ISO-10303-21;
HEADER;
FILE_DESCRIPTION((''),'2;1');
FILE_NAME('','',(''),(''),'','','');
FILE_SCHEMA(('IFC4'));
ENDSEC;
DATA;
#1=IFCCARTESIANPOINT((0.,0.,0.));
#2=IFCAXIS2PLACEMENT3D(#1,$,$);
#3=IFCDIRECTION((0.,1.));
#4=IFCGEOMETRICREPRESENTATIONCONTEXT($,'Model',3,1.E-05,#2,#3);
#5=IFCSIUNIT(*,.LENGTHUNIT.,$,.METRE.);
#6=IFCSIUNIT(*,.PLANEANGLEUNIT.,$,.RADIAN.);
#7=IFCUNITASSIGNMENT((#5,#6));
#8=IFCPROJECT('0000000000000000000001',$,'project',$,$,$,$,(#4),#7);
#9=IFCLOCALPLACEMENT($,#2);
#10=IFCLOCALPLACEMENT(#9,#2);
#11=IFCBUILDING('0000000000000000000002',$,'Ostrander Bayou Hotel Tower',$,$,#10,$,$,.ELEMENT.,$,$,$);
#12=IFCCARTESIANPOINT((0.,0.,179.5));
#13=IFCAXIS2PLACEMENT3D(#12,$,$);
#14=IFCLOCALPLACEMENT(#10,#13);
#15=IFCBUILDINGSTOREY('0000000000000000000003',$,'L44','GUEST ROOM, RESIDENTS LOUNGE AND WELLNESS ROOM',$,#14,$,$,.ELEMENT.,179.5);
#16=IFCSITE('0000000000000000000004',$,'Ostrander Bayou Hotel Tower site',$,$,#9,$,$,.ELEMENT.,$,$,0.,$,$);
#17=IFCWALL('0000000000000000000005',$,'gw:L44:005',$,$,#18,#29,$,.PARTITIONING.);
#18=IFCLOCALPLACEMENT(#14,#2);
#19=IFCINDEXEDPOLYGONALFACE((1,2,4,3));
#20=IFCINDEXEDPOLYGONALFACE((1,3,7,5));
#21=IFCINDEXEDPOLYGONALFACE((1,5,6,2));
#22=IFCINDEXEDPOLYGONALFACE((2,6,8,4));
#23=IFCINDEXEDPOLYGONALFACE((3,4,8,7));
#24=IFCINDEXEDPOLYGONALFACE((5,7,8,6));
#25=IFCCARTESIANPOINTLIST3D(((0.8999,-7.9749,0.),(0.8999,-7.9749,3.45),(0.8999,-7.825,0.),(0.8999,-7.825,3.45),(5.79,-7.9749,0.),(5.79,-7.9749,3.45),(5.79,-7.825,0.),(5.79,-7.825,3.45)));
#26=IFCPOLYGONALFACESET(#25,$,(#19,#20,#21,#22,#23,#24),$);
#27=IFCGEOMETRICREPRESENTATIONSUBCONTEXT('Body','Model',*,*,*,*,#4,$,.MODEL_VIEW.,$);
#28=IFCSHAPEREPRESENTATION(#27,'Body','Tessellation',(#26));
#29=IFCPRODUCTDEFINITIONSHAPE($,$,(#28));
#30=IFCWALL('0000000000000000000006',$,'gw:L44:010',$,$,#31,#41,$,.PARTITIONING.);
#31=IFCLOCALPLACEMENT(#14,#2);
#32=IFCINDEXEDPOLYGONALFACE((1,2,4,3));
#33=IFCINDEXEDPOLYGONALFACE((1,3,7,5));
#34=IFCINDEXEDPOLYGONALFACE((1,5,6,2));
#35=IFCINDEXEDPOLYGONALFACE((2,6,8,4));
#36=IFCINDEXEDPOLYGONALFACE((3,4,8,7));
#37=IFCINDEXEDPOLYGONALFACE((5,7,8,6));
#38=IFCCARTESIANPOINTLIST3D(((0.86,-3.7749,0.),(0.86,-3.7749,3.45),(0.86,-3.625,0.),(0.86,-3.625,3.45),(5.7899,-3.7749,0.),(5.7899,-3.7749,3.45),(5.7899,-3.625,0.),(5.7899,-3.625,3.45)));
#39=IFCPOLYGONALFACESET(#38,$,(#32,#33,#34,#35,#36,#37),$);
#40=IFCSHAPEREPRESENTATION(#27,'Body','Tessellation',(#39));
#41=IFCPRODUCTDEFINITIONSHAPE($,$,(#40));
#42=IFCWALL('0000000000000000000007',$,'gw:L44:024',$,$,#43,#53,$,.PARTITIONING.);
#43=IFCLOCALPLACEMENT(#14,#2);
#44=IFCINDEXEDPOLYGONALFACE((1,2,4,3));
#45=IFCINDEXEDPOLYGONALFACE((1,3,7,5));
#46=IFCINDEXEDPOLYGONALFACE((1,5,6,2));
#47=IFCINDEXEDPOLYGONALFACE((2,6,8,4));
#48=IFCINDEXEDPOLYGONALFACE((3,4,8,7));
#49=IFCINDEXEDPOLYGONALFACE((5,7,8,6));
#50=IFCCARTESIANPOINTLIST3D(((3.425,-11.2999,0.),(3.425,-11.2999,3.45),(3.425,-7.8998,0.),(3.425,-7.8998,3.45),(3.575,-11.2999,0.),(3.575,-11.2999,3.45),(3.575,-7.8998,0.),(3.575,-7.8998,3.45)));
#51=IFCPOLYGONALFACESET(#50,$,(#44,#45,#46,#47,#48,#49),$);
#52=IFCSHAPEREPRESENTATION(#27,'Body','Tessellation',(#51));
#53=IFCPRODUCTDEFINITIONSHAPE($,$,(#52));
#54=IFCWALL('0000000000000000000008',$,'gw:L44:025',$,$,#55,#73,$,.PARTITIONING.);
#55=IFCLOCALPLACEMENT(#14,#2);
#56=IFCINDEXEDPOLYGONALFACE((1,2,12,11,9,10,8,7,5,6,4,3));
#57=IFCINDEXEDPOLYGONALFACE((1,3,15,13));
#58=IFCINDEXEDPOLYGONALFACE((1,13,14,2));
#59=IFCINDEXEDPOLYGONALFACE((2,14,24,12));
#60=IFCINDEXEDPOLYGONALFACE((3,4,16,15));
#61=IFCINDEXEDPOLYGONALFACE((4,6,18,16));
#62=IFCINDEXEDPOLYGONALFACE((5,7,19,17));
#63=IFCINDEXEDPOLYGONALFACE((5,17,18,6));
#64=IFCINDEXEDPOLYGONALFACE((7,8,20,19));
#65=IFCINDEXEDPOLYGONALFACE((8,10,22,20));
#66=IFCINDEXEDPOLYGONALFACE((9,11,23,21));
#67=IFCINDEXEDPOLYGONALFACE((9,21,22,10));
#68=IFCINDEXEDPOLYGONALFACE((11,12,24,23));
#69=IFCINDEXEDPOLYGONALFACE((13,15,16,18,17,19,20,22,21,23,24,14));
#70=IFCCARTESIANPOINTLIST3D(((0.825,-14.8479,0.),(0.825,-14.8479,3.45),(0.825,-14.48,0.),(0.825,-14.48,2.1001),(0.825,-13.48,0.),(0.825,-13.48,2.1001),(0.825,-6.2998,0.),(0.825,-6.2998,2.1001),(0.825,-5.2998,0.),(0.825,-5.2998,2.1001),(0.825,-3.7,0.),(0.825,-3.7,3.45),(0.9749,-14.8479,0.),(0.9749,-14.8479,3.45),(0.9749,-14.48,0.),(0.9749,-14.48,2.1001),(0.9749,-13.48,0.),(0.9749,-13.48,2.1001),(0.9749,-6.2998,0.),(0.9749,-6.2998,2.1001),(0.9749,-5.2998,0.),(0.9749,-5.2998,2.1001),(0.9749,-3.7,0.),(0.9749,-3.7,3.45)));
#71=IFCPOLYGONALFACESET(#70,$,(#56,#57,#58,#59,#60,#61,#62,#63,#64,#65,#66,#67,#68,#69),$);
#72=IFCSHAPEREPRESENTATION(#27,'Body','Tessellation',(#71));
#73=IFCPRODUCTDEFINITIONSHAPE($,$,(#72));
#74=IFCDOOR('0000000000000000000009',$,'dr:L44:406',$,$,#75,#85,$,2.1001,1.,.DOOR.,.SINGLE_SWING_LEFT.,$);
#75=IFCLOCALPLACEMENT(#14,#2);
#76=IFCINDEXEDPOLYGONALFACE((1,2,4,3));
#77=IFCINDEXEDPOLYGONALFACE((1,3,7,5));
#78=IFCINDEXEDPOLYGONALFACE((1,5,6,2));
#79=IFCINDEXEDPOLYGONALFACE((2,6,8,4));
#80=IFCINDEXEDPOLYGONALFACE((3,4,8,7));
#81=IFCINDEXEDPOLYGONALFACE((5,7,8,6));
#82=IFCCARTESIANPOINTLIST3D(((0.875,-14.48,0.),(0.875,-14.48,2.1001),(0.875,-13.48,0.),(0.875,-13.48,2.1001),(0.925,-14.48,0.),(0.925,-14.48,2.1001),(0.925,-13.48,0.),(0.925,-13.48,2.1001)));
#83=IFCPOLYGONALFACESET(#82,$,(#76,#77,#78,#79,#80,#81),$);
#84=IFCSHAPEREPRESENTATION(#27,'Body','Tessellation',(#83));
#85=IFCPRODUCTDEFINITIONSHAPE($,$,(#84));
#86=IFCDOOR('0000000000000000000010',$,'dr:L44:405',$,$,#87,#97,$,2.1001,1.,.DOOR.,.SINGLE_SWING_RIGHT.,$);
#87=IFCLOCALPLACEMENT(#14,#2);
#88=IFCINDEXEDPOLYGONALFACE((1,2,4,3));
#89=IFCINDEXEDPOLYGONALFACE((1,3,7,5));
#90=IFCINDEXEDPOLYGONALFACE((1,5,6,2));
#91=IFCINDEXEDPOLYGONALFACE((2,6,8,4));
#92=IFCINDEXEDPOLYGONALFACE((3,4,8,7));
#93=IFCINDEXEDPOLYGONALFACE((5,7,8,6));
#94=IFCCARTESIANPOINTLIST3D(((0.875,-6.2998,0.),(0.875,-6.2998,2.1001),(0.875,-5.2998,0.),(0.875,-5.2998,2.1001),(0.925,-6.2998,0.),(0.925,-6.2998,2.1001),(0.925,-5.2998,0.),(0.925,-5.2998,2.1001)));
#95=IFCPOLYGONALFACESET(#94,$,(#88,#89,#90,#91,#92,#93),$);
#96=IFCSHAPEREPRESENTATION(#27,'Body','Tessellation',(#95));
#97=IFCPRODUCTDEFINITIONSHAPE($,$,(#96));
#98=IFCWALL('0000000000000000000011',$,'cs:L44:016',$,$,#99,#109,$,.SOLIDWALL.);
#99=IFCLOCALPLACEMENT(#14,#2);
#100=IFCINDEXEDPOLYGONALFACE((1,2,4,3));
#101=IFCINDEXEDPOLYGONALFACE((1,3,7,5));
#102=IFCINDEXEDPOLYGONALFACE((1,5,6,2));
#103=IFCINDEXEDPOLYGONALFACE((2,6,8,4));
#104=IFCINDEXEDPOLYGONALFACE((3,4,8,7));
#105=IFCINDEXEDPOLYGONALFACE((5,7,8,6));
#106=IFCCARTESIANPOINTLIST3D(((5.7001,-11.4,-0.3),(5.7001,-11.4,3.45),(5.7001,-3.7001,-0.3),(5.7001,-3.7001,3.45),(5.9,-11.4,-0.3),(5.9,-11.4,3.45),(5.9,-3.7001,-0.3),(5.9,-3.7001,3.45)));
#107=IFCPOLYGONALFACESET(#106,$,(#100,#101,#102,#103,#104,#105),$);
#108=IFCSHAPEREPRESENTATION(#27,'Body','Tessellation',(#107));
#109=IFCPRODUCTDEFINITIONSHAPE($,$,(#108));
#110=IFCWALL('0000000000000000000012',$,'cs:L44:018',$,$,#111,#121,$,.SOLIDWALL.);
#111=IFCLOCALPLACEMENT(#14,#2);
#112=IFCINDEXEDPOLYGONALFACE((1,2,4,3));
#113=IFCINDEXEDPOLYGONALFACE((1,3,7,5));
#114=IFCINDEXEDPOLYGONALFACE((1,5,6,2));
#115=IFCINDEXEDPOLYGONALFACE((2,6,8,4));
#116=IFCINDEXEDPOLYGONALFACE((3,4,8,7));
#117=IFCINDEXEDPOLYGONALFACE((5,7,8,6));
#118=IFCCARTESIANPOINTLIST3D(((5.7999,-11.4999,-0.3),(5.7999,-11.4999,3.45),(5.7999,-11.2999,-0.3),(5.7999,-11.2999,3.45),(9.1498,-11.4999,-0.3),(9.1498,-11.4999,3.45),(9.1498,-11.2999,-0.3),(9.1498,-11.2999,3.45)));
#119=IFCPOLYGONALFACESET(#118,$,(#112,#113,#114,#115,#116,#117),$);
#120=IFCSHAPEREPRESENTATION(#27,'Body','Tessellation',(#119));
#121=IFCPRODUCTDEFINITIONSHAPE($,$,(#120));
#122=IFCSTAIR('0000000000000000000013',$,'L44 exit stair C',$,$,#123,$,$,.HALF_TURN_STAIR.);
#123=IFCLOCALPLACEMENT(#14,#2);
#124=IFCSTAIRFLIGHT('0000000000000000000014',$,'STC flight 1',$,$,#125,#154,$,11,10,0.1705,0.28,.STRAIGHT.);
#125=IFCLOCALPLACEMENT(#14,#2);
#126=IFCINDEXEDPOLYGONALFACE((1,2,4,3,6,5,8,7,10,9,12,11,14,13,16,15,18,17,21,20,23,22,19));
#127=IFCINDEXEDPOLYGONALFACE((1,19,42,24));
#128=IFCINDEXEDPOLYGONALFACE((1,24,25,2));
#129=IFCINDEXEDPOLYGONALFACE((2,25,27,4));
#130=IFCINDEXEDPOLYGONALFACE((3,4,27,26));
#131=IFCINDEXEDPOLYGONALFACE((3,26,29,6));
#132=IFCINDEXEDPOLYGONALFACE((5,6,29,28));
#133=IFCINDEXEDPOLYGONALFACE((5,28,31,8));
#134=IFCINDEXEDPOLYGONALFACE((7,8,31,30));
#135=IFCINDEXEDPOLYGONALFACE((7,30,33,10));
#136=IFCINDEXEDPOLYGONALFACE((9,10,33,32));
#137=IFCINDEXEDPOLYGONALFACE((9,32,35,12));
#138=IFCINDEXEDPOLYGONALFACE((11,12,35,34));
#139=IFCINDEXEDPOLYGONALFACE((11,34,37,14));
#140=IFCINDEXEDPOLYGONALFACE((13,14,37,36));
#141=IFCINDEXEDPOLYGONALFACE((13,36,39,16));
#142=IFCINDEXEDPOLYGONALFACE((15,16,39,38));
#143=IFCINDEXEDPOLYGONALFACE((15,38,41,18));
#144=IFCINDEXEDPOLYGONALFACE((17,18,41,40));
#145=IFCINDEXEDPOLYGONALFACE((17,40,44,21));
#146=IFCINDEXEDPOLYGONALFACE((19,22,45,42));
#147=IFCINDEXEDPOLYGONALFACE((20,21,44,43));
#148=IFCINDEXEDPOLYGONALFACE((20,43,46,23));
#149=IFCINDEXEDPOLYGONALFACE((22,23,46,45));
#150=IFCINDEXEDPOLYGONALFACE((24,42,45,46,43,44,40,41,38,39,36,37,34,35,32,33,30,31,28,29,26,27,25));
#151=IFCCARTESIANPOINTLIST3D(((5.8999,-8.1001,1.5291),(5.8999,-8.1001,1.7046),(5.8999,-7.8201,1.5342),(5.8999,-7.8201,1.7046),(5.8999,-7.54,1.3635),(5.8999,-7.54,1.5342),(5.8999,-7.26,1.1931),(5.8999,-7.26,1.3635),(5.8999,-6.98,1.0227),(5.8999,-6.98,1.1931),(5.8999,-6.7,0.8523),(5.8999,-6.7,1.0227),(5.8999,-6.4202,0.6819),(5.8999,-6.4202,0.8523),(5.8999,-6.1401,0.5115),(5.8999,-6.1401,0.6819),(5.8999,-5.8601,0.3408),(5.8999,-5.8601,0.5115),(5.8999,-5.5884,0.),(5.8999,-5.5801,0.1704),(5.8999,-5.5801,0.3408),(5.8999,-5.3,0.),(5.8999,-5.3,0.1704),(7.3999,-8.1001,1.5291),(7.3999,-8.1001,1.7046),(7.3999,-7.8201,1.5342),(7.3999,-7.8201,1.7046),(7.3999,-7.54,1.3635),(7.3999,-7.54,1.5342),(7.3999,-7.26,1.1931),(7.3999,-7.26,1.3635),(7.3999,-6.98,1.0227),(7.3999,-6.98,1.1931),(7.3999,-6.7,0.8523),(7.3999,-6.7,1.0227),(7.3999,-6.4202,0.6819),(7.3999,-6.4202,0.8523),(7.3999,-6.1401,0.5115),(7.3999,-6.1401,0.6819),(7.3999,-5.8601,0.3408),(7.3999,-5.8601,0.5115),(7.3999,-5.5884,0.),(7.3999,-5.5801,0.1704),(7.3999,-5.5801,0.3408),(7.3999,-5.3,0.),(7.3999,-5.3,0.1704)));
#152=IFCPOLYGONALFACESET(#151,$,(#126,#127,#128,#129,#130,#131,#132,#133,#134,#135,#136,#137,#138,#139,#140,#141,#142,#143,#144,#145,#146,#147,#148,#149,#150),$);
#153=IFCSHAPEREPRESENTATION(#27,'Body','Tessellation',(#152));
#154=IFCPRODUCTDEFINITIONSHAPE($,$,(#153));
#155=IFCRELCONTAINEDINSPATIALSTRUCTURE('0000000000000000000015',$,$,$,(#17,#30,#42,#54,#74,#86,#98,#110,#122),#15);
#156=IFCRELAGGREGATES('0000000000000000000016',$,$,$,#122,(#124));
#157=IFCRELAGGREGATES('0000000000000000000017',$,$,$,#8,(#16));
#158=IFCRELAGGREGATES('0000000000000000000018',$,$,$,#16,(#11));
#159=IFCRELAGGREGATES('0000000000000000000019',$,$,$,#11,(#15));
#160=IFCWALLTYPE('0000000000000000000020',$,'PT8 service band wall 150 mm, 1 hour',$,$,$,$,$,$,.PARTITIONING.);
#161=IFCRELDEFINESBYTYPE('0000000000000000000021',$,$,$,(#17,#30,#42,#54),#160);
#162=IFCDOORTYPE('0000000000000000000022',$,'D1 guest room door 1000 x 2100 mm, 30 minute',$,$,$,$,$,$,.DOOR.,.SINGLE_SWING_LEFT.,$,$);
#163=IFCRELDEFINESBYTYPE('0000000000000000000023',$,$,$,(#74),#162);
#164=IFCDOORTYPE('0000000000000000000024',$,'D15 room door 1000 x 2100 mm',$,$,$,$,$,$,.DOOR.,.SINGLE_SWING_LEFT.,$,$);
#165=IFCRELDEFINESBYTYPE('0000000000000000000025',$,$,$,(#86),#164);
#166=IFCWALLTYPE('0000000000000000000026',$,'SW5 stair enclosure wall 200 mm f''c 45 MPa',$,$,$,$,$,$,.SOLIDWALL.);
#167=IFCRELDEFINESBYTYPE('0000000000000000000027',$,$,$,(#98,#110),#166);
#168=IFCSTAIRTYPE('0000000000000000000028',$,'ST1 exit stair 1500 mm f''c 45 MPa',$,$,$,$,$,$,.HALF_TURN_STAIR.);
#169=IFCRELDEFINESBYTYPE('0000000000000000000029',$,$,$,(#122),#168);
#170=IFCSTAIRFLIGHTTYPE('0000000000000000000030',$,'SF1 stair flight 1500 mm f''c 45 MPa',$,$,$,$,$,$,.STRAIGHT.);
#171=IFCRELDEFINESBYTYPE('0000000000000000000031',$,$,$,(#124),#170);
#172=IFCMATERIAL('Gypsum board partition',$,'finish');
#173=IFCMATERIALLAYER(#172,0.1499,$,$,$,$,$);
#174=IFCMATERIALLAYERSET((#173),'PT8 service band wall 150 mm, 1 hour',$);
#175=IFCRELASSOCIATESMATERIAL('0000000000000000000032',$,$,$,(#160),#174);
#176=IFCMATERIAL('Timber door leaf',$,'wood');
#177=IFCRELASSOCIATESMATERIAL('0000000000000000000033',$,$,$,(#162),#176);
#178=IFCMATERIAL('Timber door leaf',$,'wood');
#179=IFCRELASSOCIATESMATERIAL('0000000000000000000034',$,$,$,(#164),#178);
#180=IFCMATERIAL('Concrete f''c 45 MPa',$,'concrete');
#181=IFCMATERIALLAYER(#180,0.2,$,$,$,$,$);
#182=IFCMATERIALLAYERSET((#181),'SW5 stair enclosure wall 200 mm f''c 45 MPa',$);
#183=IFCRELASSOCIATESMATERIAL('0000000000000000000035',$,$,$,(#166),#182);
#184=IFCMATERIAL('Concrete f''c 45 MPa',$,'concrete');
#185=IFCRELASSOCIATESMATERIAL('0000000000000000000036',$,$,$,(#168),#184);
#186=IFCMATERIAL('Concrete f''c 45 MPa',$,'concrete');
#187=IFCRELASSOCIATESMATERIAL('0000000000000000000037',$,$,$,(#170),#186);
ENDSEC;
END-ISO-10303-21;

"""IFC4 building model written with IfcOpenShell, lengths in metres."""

from ifc_helpers import new_model, si_unit, direction, frame, frame_2d, origin, place, context, subcontext, project, spatial, polyline, rectangle, outline, extrude, material, layer, layer_set, type_object, element, fill, aggregate, save


model = new_model("IFC4")

# Units and contexts
model_context = context("Model", 3, precision=1e-05, world=origin(), true_north=direction((0.0, 1.0)))
body_context = subcontext(model_context, "Body", "Model", "MODEL_VIEW")
ifc_project = project(units=[si_unit("LENGTHUNIT", "METRE"), si_unit("PLANEANGLEUNIT", "RADIAN")], contexts=[model_context])

# Site, building, storey
site_placement = place(None, origin())
site = spatial("IfcSite", under=ifc_project, at=site_placement, Name="Ostrander Bayou Hotel Tower site", CompositionType="ELEMENT", RefElevation=0.0)
building_placement = place(site_placement, origin())
building = spatial("IfcBuilding", under=site, at=building_placement, Name="Ostrander Bayou Hotel Tower", CompositionType="ELEMENT")
storey_placement = place(building_placement, frame((0.0, 0.0, 179.5)))
storey = spatial("IfcBuildingStorey", under=building, at=storey_placement, Name="L44", Description="GUEST ROOM, RESIDENTS LOUNGE AND WELLNESS ROOM", CompositionType="ELEMENT", Elevation=179.5)

# Shared definitions
ifc_material_1 = material(Name="Gypsum board partition", Category="finish")
ifc_layer_1 = layer(ifc_material_1, 0.1499)
ifc_layer_set_1 = layer_set([ifc_layer_1], Name="PT8 service band wall 150 mm, 1 hour")
wall_type_1 = type_object("IfcWallType", Name="PT8 service band wall 150 mm, 1 hour", PredefinedType="PARTITIONING", material=ifc_layer_set_1)

# Walls
wall_1_placement = place(storey_placement, frame((0.8999, -7.8999, 0.0), z_axis=(0.0, 0.0, 1.0), x_axis=(1.0, 0.0, 0.0)))
element("IfcWall", 1, at=wall_1_placement, inside=storey, type_object=wall_type_1, Name="gw:L44:005", PredefinedType="PARTITIONING", context=body_context, shape_type="SweptSolid", body=[
    extrude(rectangle(XDim=4.8901, YDim=0.1499, at=frame_2d((2.4451, 0.0))), origin(), (0.0, 0.0, 1.0), 3.45),
])
wall_2_placement = place(storey_placement, frame((0.8601, -3.7, 0.0), z_axis=(0.0, 0.0, 1.0), x_axis=(1.0, 0.0, 0.0)))
element("IfcWall", 2, at=wall_2_placement, inside=storey, type_object=wall_type_1, Name="gw:L44:010", PredefinedType="PARTITIONING", context=body_context, shape_type="SweptSolid", body=[
    extrude(rectangle(XDim=4.9299, YDim=0.1499, at=frame_2d((2.4648, 0.0))), origin(), (0.0, 0.0, 1.0), 3.45),
])
wall_3_placement = place(storey_placement, frame((3.5, -11.3, 0.0), z_axis=(0.0, 0.0, 1.0), x_axis=(0.0, 1.0, 0.0)))
element("IfcWall", 3, at=wall_3_placement, inside=storey, type_object=wall_type_1, Name="gw:L44:024", PredefinedType="PARTITIONING", context=body_context, shape_type="SweptSolid", body=[
    extrude(rectangle(XDim=3.4001, YDim=0.1499, at=frame_2d((1.7002, 0.0))), origin(), (0.0, 0.0, 1.0), 3.45),
])

# Wall, openings, doors
wall_4_placement = place(storey_placement, frame((0.8999, -14.8479, 0.0), z_axis=(0.0, 0.0, 1.0), x_axis=(0.0, 1.0, 0.0)))
wall_4 = element("IfcWall", 4, at=wall_4_placement, inside=storey, type_object=wall_type_1, Name="gw:L44:025", PredefinedType="PARTITIONING", context=body_context, shape_type="SweptSolid", body=[
    extrude(rectangle(XDim=11.1479, YDim=0.1499, at=frame_2d((5.574, 0.0))), origin(), (0.0, 0.0, 1.0), 3.45),
])
opening_1_placement = place(wall_4_placement, frame((8.5481, 0.0, 0.0)))
opening_1 = element("IfcOpeningElement", 5, at=opening_1_placement, cuts=wall_4, PredefinedType="OPENING", context=body_context, shape_type="SweptSolid", body=[
    extrude(rectangle(XDim=1.0, YDim=2.1001, at=frame_2d((0.5, 1.05))), frame((0.0, 0.075, 0.0), z_axis=(0.0, -1.0, 0.0), x_axis=(1.0, 0.0, 0.0)), (0.0, 0.0, 1.0), 0.1499),
])
opening_2_placement = place(wall_4_placement, frame((0.3679, 0.0, 0.0)))
opening_2 = element("IfcOpeningElement", 6, at=opening_2_placement, cuts=wall_4, PredefinedType="OPENING", context=body_context, shape_type="SweptSolid", body=[
    extrude(rectangle(XDim=1.0, YDim=2.1001, at=frame_2d((0.5, 1.05))), frame((0.0, 0.075, 0.0), z_axis=(0.0, -1.0, 0.0), x_axis=(1.0, 0.0, 0.0)), (0.0, 0.0, 1.0), 0.1499),
])
ifc_material_2 = material(Name="Timber door leaf", Category="wood")
door_type_1 = type_object("IfcDoorType", Name="D1 guest room door 1000 x 2100 mm, 30 minute", OperationType="SINGLE_SWING_LEFT", PredefinedType="DOOR", material=ifc_material_2)
door_1_placement = place(opening_2_placement, origin())
door_1 = element("IfcDoor", 7, at=door_1_placement, inside=storey, type_object=door_type_1, Name="dr:L44:406", OperationType="SINGLE_SWING_LEFT", OverallHeight=2.1001, OverallWidth=1.0, PredefinedType="DOOR", context=body_context, shape_type="SweptSolid", body=[
    extrude(rectangle(XDim=1.0, YDim=2.1001, at=frame_2d((0.5, 1.05))), frame((0.0, 0.0249, 0.0), z_axis=(0.0, -1.0, 0.0), x_axis=(1.0, 0.0, 0.0)), (0.0, 0.0, 1.0), 0.05),
])
fill(opening_2, door_1)
ifc_material_3 = material(Name="Timber door leaf", Category="wood")
door_type_2 = type_object("IfcDoorType", Name="D15 room door 1000 x 2100 mm", OperationType="SINGLE_SWING_LEFT", PredefinedType="DOOR", material=ifc_material_3)
door_2_placement = place(opening_1_placement, origin())
door_2 = element("IfcDoor", 8, at=door_2_placement, inside=storey, type_object=door_type_2, Name="dr:L44:405", OperationType="SINGLE_SWING_RIGHT", OverallHeight=2.1001, OverallWidth=1.0, PredefinedType="DOOR", context=body_context, shape_type="SweptSolid", body=[
    extrude(rectangle(XDim=1.0, YDim=2.1001, at=frame_2d((0.5, 1.05))), frame((0.0, 0.0249, 0.0), z_axis=(0.0, -1.0, 0.0), x_axis=(1.0, 0.0, 0.0)), (0.0, 0.0, 1.0), 0.05),
])
fill(opening_1, door_2)

# Shared definitions
ifc_material_4 = material(Name="Concrete f'c 45 MPa", Category="concrete")
ifc_layer_2 = layer(ifc_material_4, 0.2)
ifc_layer_set_2 = layer_set([ifc_layer_2], Name="SW5 stair enclosure wall 200 mm f'c 45 MPa")
wall_type_2 = type_object("IfcWallType", Name="SW5 stair enclosure wall 200 mm f'c 45 MPa", PredefinedType="SOLIDWALL", material=ifc_layer_set_2)

# Walls
wall_5_placement = place(storey_placement, frame((5.8, -3.7, -0.3), z_axis=(0.0, 0.0, 1.0), x_axis=(0.0, -1.0, 0.0)))
element("IfcWall", 9, at=wall_5_placement, inside=storey, type_object=wall_type_2, Name="cs:L44:016", PredefinedType="SOLIDWALL", context=body_context, shape_type="SweptSolid", body=[
    extrude(rectangle(XDim=7.7, YDim=0.2, at=frame_2d((3.8501, 0.0))), origin(), (0.0, 0.0, 1.0), 3.75),
])
wall_6_placement = place(storey_placement, frame((5.8, -11.3999, -0.3), z_axis=(0.0, 0.0, 1.0), x_axis=(1.0, 0.0, 0.0)))
element("IfcWall", 10, at=wall_6_placement, inside=storey, type_object=wall_type_2, Name="cs:L44:018", PredefinedType="SOLIDWALL", context=body_context, shape_type="SweptSolid", body=[
    extrude(rectangle(XDim=3.3499, YDim=0.2, at=frame_2d((1.6748, 0.0))), origin(), (0.0, 0.0, 1.0), 3.75),
])

# Stair, stair flight
ifc_material_5 = material(Name="Concrete f'c 45 MPa", Category="concrete")
stair_type = type_object("IfcStairType", Name="ST1 exit stair 1500 mm f'c 45 MPa", PredefinedType="HALF_TURN_STAIR", material=ifc_material_5)
stair_placement = place(storey_placement, origin())
stair = element("IfcStair", 11, at=stair_placement, inside=storey, type_object=stair_type, Name="L44 exit stair C", PredefinedType="HALF_TURN_STAIR")
ifc_material_6 = material(Name="Concrete f'c 45 MPa", Category="concrete")
stair_flight_type = type_object("IfcStairFlightType", Name="SF1 stair flight 1500 mm f'c 45 MPa", PredefinedType="STRAIGHT", material=ifc_material_6)
stair_flight_1_placement = place(storey_placement, frame((6.6499, -5.3, 0.0), z_axis=(0.0, 0.0, 1.0), x_axis=(0.0, -1.0, 0.0)))
stair_flight_1 = element("IfcStairFlight", 12, at=stair_flight_1_placement, type_object=stair_flight_type, Name="STC flight 1", NumberOfRisers=11, NumberOfTreads=10, PredefinedType="STRAIGHT", RiserHeight=0.1705, TreadLength=0.28, context=body_context, shape_type="SweptSolid", body=[
    extrude(outline(polyline([(0.0, 0.0), (0.0, 0.1704), (0.28, 0.1704), (0.28, 0.3408), (0.5601, 0.3408), (0.5601, 0.5115), (0.8401, 0.5115), (0.8401, 0.6819), (1.1201, 0.6819), (1.1201, 0.8523), (1.3999, 0.8523), (1.3999, 1.0227), (1.6799, 1.0227), (1.6799, 1.1931), (1.96, 1.1931), (1.96, 1.3635), (2.24, 1.3635), (2.24, 1.5342), (2.52, 1.5342), (2.52, 1.7046), (2.8, 1.7046), (2.8, 1.875), (2.8, 1.5291), (0.2883, 0.0), (0.0, 0.0)])), frame((0.0, 0.75, 0.0), z_axis=(0.0, -1.0, 0.0), x_axis=(1.0, 0.0, 0.0)), (0.0, 0.0, 1.0), 1.5),
])
aggregate(stair, [stair_flight_1])

save(model, "model.ifc")
